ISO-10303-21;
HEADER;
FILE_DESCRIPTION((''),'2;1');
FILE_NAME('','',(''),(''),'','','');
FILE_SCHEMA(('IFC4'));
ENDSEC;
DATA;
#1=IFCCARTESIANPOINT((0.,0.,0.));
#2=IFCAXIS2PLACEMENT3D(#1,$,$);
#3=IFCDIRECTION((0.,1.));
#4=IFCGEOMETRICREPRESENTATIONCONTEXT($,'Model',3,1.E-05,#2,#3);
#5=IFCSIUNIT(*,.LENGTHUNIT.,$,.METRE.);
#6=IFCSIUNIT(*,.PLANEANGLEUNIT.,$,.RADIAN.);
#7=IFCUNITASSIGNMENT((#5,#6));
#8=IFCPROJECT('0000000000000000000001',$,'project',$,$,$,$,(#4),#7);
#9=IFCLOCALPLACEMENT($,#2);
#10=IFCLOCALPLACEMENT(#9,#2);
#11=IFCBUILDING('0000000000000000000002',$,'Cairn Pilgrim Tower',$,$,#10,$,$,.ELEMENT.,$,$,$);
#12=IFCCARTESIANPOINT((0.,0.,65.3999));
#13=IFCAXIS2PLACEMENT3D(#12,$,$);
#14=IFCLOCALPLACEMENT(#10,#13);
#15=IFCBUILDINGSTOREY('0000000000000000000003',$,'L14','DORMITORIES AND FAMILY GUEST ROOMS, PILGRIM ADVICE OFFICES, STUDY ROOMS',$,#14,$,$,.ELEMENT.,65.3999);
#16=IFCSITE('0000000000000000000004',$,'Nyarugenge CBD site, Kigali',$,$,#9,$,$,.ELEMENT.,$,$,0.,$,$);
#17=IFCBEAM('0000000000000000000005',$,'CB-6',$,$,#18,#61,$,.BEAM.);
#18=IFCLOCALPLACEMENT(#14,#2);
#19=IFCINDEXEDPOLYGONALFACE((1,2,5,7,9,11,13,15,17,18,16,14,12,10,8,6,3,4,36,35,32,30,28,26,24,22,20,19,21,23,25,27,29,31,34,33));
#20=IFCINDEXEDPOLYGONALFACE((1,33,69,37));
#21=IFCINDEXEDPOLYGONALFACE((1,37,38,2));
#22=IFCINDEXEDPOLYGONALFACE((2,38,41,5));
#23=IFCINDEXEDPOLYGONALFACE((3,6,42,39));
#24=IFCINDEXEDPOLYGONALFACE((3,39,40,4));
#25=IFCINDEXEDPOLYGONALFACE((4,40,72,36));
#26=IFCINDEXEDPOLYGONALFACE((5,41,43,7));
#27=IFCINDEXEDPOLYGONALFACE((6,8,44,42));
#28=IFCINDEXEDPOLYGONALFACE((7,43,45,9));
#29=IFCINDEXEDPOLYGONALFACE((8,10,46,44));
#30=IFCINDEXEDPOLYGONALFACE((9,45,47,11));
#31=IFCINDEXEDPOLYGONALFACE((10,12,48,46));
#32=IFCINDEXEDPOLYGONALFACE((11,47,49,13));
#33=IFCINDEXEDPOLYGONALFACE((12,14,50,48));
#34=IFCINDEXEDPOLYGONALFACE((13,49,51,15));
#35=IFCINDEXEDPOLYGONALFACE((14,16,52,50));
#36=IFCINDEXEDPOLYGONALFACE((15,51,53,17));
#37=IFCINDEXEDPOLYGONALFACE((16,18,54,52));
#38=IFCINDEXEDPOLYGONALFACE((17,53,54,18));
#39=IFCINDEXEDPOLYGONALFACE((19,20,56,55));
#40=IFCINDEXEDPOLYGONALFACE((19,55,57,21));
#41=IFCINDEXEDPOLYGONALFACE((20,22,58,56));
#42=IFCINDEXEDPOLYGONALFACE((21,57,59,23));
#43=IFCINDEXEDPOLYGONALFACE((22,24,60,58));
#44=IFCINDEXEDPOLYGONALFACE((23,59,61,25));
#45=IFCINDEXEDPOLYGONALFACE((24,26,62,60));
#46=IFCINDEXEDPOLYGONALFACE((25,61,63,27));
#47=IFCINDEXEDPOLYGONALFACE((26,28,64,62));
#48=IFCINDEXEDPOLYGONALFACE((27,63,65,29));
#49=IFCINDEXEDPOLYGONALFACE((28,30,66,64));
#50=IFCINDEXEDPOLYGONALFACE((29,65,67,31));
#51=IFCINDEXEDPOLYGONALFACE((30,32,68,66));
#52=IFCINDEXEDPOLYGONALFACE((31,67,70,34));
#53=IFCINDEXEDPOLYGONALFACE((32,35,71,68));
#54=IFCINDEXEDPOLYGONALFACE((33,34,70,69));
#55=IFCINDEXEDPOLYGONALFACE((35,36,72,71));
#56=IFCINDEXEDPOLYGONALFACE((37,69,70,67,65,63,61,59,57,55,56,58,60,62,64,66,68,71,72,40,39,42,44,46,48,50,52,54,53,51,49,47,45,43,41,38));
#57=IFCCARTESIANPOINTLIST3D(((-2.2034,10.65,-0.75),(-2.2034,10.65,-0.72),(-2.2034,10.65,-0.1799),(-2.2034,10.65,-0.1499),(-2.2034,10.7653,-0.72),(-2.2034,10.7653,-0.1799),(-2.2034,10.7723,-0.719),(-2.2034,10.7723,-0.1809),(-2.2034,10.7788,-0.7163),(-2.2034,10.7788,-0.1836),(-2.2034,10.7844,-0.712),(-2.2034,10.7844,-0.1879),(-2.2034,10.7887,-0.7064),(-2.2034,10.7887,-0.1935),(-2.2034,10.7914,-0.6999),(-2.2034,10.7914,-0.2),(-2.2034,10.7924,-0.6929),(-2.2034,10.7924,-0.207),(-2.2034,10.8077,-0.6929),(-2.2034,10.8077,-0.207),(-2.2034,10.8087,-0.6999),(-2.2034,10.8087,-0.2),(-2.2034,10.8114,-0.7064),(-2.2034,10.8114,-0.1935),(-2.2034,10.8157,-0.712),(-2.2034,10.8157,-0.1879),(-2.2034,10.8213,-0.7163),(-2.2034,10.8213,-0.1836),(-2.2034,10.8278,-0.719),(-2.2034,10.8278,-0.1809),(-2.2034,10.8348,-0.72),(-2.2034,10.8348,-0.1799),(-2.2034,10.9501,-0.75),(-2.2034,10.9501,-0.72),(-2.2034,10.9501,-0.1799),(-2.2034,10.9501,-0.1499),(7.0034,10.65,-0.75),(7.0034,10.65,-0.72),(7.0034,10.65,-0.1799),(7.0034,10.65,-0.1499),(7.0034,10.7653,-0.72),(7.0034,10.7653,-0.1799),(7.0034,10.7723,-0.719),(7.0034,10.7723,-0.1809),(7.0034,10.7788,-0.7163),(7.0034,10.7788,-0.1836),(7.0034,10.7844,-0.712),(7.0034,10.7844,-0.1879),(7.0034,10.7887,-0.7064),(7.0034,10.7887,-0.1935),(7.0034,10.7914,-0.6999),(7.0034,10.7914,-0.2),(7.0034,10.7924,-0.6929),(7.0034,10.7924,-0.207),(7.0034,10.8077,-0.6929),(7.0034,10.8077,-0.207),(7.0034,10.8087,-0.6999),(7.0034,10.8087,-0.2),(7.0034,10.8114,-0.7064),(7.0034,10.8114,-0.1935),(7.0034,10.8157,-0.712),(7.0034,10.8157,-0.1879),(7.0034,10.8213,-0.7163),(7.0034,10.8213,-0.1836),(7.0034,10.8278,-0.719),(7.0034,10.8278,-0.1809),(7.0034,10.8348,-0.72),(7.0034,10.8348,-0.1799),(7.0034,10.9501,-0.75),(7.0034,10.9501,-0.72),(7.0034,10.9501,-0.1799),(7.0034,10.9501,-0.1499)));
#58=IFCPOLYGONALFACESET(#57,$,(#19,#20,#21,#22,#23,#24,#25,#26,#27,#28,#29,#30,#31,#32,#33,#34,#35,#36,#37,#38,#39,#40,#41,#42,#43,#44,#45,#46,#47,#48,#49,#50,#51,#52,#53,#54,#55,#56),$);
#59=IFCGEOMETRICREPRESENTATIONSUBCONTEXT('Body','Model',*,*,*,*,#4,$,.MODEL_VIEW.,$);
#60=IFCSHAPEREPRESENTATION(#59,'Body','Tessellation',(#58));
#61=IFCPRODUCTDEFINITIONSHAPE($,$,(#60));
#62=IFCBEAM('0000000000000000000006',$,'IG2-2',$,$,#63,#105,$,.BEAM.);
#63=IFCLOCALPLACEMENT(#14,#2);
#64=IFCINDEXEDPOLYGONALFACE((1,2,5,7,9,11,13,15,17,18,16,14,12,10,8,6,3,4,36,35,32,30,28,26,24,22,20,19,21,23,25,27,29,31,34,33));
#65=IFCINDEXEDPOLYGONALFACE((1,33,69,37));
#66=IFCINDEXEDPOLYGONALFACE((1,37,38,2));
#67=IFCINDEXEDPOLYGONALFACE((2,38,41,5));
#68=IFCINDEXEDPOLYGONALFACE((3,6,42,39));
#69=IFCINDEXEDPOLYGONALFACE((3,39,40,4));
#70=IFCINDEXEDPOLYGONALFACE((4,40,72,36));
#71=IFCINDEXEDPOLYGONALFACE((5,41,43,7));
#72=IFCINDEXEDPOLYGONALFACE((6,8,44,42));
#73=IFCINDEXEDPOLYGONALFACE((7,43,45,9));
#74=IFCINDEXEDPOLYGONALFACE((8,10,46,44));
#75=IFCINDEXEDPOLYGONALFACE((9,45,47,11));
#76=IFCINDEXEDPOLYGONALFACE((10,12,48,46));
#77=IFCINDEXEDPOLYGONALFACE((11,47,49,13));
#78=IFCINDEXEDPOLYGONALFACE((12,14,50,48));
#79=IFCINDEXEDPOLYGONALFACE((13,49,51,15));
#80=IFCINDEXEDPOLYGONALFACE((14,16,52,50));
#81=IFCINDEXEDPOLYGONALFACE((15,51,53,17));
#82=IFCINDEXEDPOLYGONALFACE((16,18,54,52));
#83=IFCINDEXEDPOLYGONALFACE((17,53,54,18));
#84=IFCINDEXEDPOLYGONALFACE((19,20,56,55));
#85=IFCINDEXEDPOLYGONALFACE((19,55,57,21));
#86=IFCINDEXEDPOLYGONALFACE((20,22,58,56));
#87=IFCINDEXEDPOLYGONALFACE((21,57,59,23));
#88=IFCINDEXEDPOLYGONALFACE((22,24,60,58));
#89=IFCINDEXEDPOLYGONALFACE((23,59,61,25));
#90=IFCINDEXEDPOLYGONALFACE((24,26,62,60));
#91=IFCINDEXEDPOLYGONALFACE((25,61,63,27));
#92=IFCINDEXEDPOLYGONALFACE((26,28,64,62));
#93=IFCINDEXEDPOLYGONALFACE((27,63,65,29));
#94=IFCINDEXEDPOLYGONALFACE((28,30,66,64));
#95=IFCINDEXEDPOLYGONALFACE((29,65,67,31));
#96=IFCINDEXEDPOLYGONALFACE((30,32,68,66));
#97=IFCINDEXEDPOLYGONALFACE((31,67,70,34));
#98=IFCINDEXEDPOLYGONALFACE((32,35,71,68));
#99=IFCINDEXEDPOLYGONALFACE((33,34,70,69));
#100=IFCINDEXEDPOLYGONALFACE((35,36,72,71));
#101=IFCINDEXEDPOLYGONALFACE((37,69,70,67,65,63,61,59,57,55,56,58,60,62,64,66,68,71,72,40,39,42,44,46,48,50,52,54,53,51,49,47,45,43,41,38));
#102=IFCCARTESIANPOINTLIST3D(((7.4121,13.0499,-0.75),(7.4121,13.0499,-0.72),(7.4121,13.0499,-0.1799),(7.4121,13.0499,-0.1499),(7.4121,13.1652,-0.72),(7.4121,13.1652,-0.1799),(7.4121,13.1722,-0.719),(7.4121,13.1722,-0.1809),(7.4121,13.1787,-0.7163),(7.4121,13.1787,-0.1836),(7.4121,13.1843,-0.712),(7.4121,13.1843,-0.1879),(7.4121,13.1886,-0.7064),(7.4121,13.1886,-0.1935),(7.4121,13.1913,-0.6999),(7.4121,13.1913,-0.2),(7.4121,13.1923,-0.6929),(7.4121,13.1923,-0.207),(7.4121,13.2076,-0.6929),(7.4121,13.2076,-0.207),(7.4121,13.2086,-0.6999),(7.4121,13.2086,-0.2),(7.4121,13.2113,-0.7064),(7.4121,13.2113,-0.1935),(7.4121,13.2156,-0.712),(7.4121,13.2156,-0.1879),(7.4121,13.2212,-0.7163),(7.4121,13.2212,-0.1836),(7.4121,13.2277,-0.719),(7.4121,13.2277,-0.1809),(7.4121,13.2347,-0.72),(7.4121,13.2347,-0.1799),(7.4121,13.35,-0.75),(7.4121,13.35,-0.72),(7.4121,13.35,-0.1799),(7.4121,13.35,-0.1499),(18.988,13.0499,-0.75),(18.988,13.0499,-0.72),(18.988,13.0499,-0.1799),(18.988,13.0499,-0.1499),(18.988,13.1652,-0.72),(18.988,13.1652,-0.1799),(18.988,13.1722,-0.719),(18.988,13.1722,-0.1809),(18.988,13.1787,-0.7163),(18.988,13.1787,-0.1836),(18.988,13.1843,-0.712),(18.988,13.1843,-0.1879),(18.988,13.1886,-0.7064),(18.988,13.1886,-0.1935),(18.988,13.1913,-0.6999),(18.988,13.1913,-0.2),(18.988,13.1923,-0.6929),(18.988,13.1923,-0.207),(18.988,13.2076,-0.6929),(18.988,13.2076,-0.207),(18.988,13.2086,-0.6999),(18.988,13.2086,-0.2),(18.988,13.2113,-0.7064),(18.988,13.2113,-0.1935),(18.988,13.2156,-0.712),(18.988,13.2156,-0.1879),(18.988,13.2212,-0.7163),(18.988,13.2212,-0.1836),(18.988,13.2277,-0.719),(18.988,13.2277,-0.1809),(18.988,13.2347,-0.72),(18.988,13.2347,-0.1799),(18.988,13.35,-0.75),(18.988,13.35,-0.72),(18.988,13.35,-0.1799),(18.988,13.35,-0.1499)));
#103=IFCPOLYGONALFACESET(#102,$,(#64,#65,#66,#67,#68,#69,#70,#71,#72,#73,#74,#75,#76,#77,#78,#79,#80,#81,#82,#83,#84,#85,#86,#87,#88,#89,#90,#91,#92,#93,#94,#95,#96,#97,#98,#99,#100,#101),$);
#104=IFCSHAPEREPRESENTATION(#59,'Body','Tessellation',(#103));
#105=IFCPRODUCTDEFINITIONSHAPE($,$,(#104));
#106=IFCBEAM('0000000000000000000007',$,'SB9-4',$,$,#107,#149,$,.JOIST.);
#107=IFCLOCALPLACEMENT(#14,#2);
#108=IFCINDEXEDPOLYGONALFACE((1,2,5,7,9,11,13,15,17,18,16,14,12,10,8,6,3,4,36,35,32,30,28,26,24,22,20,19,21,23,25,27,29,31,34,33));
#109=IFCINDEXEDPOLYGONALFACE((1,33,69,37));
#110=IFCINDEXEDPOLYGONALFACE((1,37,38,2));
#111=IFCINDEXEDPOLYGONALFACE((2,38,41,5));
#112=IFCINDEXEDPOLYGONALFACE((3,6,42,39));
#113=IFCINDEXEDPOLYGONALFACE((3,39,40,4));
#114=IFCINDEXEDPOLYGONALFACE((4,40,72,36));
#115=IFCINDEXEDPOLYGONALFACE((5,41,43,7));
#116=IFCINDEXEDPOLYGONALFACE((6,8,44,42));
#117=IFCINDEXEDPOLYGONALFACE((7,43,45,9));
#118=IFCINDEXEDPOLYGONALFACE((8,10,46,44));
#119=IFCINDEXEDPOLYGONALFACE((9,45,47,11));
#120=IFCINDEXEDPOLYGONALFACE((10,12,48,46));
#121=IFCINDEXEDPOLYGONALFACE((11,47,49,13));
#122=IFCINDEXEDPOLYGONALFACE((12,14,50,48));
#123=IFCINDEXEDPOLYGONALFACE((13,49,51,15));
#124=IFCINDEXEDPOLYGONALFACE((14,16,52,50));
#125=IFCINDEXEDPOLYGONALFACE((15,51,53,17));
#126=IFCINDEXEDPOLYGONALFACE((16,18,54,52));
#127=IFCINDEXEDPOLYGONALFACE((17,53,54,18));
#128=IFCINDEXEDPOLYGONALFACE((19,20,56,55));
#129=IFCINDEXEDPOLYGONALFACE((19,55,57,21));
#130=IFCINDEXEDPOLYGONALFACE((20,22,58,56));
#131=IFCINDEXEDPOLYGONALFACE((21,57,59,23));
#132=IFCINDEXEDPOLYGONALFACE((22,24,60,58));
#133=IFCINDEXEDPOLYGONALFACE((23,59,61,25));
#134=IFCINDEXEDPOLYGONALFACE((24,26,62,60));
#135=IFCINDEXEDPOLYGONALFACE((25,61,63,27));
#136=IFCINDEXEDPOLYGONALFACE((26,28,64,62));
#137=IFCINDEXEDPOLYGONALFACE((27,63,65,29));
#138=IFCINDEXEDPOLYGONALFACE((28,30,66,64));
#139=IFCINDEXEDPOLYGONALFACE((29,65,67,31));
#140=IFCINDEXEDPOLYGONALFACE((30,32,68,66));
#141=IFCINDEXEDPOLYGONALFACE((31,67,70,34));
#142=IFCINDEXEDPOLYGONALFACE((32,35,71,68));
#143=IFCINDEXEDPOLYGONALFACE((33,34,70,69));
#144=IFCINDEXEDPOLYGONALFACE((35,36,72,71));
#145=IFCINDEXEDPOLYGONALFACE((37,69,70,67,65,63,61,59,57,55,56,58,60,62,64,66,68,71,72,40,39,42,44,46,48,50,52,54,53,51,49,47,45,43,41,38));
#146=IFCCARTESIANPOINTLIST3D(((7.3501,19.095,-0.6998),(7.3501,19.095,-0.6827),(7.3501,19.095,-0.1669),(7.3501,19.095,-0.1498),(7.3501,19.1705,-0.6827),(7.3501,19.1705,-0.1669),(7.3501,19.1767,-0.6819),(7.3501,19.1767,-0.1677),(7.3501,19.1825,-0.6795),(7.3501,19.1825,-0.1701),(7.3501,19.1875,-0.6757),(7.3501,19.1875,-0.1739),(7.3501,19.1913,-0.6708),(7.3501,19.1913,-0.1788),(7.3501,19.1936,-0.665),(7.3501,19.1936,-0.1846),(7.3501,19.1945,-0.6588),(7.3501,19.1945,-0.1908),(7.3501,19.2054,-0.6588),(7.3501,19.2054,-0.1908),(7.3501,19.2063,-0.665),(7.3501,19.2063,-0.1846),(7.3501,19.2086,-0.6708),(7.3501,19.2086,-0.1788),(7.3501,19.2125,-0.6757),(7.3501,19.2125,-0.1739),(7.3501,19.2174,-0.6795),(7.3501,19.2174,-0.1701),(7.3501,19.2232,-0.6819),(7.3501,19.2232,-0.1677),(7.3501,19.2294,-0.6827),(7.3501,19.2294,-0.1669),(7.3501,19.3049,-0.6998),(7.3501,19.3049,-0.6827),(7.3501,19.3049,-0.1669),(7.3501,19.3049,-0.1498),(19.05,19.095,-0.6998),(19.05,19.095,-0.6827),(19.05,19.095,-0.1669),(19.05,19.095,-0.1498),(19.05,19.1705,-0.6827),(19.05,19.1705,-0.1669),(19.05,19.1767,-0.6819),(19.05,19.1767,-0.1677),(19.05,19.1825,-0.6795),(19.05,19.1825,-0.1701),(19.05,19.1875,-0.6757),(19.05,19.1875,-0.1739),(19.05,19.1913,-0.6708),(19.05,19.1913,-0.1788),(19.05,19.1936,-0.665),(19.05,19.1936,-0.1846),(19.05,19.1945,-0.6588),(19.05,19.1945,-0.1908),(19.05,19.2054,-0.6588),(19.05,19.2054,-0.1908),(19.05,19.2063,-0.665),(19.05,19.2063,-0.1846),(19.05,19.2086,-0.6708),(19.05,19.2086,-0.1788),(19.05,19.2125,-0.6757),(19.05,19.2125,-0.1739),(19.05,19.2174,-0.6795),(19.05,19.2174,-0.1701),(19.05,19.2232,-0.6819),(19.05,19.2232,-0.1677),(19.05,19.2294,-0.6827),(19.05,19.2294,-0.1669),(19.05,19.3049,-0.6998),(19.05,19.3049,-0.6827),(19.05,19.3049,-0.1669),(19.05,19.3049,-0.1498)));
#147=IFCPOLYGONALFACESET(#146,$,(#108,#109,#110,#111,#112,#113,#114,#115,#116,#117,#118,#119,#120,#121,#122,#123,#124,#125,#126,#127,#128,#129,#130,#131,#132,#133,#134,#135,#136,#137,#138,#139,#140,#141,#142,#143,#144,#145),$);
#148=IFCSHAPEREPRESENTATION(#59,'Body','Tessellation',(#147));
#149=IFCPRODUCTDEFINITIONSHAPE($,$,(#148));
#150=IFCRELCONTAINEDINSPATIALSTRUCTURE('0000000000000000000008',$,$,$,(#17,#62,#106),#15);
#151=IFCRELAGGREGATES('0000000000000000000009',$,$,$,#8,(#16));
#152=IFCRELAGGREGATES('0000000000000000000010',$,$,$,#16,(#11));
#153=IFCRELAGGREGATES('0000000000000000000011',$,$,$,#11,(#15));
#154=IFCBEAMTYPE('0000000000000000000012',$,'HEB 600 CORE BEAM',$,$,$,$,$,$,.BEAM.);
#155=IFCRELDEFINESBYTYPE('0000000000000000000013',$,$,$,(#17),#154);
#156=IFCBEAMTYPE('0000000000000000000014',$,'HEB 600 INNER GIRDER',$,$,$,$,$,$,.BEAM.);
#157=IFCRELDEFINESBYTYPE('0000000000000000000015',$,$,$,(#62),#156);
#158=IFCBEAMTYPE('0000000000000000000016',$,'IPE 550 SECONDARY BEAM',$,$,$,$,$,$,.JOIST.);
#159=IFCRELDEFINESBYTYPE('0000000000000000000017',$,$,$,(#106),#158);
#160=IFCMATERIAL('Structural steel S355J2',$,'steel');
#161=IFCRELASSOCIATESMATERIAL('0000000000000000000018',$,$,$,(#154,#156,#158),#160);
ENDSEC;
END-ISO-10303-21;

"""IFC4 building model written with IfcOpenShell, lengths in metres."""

from ifc_helpers import new_model, si_unit, direction, frame, origin, origin_2d, place, context, subcontext, project, spatial, i_section, extrude, material, material_profile, profile_set, type_object, element, save


model = new_model("IFC4")

# Units and contexts
model_context = context("Model", 3, precision=1e-05, world=origin(), true_north=direction((0.0, 1.0)))
body_context = subcontext(model_context, "Body", "Model", "MODEL_VIEW")
ifc_project = project(units=[si_unit("LENGTHUNIT", "METRE"), si_unit("PLANEANGLEUNIT", "RADIAN")], contexts=[model_context])

# Site, building, storey
site_placement = place(None, origin())
site = spatial("IfcSite", under=ifc_project, at=site_placement, Name="Nyarugenge CBD site, Kigali", CompositionType="ELEMENT", RefElevation=0.0)
building_placement = place(site_placement, origin())
building = spatial("IfcBuilding", under=site, at=building_placement, Name="Cairn Pilgrim Tower", CompositionType="ELEMENT")
storey_placement = place(building_placement, frame((0.0, 0.0, 65.3999)))
storey = spatial("IfcBuildingStorey", under=building, at=storey_placement, Name="L14", Description="DORMITORIES AND FAMILY GUEST ROOMS, PILGRIM ADVICE OFFICES, STUDY ROOMS", CompositionType="ELEMENT", Elevation=65.3999)

# Beams
ifc_material_1 = material(Name="Structural steel S355J2", Category="steel")
ifc_material_profile_1 = material_profile(ifc_material_1, i_section(OverallWidth=0.3, OverallDepth=0.6001, WebThickness=0.0154, FlangeThickness=0.03, FilletRadius=0.0271, at=origin_2d()), Name="HEB 600")
ifc_profile_set_1 = profile_set([ifc_material_profile_1], Name="Structural steel S355J2")
beam_type_1 = type_object("IfcBeamType", Name="HEB 600 CORE BEAM", PredefinedType="BEAM", material=ifc_profile_set_1)
beam_1_placement = place(storey_placement, frame((7.0034, 10.8, -0.45), z_axis=(-1.0, 0.0, 0.0), x_axis=(0.0, -1.0, 0.0)))
element("IfcBeam", 1, at=beam_1_placement, inside=storey, type_object=beam_type_1, Name="CB-6", PredefinedType="BEAM", context=body_context, shape_type="SweptSolid", body=[
    extrude(i_section(OverallWidth=0.3, OverallDepth=0.6001, WebThickness=0.0154, FlangeThickness=0.03, FilletRadius=0.0271, at=origin_2d()), origin(), (0.0, 0.0, 1.0), 9.2068),
])
ifc_material_profile_2 = material_profile(ifc_material_1, i_section(OverallWidth=0.3, OverallDepth=0.6001, WebThickness=0.0154, FlangeThickness=0.03, FilletRadius=0.0271, at=origin_2d()), Name="HEB 600")
ifc_profile_set_2 = profile_set([ifc_material_profile_2], Name="Structural steel S355J2")
beam_type_2 = type_object("IfcBeamType", Name="HEB 600 INNER GIRDER", PredefinedType="BEAM", material=ifc_profile_set_2)
beam_2_placement = place(storey_placement, frame((7.4121, 13.2, -0.45), z_axis=(1.0, 0.0, 0.0), x_axis=(0.0, 1.0, 0.0)))
element("IfcBeam", 2, at=beam_2_placement, inside=storey, type_object=beam_type_2, Name="IG2-2", PredefinedType="BEAM", context=body_context, shape_type="SweptSolid", body=[
    extrude(i_section(OverallWidth=0.3, OverallDepth=0.6001, WebThickness=0.0154, FlangeThickness=0.03, FilletRadius=0.0271, at=origin_2d()), origin(), (0.0, 0.0, 1.0), 11.5759),
])
ifc_material_profile_3 = material_profile(ifc_material_1, i_section(OverallWidth=0.21, OverallDepth=0.55, WebThickness=0.011, FlangeThickness=0.0171, FilletRadius=0.0239, at=origin_2d()), Name="IPE 550")
ifc_profile_set_3 = profile_set([ifc_material_profile_3], Name="Structural steel S355J2")
beam_type_3 = type_object("IfcBeamType", Name="IPE 550 SECONDARY BEAM", PredefinedType="JOIST", material=ifc_profile_set_3)
beam_3_placement = place(storey_placement, frame((7.3501, 19.2, -0.4248), z_axis=(1.0, 0.0, 0.0), x_axis=(0.0, 1.0, 0.0)))
element("IfcBeam", 3, at=beam_3_placement, inside=storey, type_object=beam_type_3, Name="SB9-4", PredefinedType="JOIST", context=body_context, shape_type="SweptSolid", body=[
    extrude(i_section(OverallWidth=0.21, OverallDepth=0.55, WebThickness=0.011, FlangeThickness=0.0171, FilletRadius=0.0239, at=origin_2d()), origin(), (0.0, 0.0, 1.0), 11.7),
])

save(model, "model.ifc")
